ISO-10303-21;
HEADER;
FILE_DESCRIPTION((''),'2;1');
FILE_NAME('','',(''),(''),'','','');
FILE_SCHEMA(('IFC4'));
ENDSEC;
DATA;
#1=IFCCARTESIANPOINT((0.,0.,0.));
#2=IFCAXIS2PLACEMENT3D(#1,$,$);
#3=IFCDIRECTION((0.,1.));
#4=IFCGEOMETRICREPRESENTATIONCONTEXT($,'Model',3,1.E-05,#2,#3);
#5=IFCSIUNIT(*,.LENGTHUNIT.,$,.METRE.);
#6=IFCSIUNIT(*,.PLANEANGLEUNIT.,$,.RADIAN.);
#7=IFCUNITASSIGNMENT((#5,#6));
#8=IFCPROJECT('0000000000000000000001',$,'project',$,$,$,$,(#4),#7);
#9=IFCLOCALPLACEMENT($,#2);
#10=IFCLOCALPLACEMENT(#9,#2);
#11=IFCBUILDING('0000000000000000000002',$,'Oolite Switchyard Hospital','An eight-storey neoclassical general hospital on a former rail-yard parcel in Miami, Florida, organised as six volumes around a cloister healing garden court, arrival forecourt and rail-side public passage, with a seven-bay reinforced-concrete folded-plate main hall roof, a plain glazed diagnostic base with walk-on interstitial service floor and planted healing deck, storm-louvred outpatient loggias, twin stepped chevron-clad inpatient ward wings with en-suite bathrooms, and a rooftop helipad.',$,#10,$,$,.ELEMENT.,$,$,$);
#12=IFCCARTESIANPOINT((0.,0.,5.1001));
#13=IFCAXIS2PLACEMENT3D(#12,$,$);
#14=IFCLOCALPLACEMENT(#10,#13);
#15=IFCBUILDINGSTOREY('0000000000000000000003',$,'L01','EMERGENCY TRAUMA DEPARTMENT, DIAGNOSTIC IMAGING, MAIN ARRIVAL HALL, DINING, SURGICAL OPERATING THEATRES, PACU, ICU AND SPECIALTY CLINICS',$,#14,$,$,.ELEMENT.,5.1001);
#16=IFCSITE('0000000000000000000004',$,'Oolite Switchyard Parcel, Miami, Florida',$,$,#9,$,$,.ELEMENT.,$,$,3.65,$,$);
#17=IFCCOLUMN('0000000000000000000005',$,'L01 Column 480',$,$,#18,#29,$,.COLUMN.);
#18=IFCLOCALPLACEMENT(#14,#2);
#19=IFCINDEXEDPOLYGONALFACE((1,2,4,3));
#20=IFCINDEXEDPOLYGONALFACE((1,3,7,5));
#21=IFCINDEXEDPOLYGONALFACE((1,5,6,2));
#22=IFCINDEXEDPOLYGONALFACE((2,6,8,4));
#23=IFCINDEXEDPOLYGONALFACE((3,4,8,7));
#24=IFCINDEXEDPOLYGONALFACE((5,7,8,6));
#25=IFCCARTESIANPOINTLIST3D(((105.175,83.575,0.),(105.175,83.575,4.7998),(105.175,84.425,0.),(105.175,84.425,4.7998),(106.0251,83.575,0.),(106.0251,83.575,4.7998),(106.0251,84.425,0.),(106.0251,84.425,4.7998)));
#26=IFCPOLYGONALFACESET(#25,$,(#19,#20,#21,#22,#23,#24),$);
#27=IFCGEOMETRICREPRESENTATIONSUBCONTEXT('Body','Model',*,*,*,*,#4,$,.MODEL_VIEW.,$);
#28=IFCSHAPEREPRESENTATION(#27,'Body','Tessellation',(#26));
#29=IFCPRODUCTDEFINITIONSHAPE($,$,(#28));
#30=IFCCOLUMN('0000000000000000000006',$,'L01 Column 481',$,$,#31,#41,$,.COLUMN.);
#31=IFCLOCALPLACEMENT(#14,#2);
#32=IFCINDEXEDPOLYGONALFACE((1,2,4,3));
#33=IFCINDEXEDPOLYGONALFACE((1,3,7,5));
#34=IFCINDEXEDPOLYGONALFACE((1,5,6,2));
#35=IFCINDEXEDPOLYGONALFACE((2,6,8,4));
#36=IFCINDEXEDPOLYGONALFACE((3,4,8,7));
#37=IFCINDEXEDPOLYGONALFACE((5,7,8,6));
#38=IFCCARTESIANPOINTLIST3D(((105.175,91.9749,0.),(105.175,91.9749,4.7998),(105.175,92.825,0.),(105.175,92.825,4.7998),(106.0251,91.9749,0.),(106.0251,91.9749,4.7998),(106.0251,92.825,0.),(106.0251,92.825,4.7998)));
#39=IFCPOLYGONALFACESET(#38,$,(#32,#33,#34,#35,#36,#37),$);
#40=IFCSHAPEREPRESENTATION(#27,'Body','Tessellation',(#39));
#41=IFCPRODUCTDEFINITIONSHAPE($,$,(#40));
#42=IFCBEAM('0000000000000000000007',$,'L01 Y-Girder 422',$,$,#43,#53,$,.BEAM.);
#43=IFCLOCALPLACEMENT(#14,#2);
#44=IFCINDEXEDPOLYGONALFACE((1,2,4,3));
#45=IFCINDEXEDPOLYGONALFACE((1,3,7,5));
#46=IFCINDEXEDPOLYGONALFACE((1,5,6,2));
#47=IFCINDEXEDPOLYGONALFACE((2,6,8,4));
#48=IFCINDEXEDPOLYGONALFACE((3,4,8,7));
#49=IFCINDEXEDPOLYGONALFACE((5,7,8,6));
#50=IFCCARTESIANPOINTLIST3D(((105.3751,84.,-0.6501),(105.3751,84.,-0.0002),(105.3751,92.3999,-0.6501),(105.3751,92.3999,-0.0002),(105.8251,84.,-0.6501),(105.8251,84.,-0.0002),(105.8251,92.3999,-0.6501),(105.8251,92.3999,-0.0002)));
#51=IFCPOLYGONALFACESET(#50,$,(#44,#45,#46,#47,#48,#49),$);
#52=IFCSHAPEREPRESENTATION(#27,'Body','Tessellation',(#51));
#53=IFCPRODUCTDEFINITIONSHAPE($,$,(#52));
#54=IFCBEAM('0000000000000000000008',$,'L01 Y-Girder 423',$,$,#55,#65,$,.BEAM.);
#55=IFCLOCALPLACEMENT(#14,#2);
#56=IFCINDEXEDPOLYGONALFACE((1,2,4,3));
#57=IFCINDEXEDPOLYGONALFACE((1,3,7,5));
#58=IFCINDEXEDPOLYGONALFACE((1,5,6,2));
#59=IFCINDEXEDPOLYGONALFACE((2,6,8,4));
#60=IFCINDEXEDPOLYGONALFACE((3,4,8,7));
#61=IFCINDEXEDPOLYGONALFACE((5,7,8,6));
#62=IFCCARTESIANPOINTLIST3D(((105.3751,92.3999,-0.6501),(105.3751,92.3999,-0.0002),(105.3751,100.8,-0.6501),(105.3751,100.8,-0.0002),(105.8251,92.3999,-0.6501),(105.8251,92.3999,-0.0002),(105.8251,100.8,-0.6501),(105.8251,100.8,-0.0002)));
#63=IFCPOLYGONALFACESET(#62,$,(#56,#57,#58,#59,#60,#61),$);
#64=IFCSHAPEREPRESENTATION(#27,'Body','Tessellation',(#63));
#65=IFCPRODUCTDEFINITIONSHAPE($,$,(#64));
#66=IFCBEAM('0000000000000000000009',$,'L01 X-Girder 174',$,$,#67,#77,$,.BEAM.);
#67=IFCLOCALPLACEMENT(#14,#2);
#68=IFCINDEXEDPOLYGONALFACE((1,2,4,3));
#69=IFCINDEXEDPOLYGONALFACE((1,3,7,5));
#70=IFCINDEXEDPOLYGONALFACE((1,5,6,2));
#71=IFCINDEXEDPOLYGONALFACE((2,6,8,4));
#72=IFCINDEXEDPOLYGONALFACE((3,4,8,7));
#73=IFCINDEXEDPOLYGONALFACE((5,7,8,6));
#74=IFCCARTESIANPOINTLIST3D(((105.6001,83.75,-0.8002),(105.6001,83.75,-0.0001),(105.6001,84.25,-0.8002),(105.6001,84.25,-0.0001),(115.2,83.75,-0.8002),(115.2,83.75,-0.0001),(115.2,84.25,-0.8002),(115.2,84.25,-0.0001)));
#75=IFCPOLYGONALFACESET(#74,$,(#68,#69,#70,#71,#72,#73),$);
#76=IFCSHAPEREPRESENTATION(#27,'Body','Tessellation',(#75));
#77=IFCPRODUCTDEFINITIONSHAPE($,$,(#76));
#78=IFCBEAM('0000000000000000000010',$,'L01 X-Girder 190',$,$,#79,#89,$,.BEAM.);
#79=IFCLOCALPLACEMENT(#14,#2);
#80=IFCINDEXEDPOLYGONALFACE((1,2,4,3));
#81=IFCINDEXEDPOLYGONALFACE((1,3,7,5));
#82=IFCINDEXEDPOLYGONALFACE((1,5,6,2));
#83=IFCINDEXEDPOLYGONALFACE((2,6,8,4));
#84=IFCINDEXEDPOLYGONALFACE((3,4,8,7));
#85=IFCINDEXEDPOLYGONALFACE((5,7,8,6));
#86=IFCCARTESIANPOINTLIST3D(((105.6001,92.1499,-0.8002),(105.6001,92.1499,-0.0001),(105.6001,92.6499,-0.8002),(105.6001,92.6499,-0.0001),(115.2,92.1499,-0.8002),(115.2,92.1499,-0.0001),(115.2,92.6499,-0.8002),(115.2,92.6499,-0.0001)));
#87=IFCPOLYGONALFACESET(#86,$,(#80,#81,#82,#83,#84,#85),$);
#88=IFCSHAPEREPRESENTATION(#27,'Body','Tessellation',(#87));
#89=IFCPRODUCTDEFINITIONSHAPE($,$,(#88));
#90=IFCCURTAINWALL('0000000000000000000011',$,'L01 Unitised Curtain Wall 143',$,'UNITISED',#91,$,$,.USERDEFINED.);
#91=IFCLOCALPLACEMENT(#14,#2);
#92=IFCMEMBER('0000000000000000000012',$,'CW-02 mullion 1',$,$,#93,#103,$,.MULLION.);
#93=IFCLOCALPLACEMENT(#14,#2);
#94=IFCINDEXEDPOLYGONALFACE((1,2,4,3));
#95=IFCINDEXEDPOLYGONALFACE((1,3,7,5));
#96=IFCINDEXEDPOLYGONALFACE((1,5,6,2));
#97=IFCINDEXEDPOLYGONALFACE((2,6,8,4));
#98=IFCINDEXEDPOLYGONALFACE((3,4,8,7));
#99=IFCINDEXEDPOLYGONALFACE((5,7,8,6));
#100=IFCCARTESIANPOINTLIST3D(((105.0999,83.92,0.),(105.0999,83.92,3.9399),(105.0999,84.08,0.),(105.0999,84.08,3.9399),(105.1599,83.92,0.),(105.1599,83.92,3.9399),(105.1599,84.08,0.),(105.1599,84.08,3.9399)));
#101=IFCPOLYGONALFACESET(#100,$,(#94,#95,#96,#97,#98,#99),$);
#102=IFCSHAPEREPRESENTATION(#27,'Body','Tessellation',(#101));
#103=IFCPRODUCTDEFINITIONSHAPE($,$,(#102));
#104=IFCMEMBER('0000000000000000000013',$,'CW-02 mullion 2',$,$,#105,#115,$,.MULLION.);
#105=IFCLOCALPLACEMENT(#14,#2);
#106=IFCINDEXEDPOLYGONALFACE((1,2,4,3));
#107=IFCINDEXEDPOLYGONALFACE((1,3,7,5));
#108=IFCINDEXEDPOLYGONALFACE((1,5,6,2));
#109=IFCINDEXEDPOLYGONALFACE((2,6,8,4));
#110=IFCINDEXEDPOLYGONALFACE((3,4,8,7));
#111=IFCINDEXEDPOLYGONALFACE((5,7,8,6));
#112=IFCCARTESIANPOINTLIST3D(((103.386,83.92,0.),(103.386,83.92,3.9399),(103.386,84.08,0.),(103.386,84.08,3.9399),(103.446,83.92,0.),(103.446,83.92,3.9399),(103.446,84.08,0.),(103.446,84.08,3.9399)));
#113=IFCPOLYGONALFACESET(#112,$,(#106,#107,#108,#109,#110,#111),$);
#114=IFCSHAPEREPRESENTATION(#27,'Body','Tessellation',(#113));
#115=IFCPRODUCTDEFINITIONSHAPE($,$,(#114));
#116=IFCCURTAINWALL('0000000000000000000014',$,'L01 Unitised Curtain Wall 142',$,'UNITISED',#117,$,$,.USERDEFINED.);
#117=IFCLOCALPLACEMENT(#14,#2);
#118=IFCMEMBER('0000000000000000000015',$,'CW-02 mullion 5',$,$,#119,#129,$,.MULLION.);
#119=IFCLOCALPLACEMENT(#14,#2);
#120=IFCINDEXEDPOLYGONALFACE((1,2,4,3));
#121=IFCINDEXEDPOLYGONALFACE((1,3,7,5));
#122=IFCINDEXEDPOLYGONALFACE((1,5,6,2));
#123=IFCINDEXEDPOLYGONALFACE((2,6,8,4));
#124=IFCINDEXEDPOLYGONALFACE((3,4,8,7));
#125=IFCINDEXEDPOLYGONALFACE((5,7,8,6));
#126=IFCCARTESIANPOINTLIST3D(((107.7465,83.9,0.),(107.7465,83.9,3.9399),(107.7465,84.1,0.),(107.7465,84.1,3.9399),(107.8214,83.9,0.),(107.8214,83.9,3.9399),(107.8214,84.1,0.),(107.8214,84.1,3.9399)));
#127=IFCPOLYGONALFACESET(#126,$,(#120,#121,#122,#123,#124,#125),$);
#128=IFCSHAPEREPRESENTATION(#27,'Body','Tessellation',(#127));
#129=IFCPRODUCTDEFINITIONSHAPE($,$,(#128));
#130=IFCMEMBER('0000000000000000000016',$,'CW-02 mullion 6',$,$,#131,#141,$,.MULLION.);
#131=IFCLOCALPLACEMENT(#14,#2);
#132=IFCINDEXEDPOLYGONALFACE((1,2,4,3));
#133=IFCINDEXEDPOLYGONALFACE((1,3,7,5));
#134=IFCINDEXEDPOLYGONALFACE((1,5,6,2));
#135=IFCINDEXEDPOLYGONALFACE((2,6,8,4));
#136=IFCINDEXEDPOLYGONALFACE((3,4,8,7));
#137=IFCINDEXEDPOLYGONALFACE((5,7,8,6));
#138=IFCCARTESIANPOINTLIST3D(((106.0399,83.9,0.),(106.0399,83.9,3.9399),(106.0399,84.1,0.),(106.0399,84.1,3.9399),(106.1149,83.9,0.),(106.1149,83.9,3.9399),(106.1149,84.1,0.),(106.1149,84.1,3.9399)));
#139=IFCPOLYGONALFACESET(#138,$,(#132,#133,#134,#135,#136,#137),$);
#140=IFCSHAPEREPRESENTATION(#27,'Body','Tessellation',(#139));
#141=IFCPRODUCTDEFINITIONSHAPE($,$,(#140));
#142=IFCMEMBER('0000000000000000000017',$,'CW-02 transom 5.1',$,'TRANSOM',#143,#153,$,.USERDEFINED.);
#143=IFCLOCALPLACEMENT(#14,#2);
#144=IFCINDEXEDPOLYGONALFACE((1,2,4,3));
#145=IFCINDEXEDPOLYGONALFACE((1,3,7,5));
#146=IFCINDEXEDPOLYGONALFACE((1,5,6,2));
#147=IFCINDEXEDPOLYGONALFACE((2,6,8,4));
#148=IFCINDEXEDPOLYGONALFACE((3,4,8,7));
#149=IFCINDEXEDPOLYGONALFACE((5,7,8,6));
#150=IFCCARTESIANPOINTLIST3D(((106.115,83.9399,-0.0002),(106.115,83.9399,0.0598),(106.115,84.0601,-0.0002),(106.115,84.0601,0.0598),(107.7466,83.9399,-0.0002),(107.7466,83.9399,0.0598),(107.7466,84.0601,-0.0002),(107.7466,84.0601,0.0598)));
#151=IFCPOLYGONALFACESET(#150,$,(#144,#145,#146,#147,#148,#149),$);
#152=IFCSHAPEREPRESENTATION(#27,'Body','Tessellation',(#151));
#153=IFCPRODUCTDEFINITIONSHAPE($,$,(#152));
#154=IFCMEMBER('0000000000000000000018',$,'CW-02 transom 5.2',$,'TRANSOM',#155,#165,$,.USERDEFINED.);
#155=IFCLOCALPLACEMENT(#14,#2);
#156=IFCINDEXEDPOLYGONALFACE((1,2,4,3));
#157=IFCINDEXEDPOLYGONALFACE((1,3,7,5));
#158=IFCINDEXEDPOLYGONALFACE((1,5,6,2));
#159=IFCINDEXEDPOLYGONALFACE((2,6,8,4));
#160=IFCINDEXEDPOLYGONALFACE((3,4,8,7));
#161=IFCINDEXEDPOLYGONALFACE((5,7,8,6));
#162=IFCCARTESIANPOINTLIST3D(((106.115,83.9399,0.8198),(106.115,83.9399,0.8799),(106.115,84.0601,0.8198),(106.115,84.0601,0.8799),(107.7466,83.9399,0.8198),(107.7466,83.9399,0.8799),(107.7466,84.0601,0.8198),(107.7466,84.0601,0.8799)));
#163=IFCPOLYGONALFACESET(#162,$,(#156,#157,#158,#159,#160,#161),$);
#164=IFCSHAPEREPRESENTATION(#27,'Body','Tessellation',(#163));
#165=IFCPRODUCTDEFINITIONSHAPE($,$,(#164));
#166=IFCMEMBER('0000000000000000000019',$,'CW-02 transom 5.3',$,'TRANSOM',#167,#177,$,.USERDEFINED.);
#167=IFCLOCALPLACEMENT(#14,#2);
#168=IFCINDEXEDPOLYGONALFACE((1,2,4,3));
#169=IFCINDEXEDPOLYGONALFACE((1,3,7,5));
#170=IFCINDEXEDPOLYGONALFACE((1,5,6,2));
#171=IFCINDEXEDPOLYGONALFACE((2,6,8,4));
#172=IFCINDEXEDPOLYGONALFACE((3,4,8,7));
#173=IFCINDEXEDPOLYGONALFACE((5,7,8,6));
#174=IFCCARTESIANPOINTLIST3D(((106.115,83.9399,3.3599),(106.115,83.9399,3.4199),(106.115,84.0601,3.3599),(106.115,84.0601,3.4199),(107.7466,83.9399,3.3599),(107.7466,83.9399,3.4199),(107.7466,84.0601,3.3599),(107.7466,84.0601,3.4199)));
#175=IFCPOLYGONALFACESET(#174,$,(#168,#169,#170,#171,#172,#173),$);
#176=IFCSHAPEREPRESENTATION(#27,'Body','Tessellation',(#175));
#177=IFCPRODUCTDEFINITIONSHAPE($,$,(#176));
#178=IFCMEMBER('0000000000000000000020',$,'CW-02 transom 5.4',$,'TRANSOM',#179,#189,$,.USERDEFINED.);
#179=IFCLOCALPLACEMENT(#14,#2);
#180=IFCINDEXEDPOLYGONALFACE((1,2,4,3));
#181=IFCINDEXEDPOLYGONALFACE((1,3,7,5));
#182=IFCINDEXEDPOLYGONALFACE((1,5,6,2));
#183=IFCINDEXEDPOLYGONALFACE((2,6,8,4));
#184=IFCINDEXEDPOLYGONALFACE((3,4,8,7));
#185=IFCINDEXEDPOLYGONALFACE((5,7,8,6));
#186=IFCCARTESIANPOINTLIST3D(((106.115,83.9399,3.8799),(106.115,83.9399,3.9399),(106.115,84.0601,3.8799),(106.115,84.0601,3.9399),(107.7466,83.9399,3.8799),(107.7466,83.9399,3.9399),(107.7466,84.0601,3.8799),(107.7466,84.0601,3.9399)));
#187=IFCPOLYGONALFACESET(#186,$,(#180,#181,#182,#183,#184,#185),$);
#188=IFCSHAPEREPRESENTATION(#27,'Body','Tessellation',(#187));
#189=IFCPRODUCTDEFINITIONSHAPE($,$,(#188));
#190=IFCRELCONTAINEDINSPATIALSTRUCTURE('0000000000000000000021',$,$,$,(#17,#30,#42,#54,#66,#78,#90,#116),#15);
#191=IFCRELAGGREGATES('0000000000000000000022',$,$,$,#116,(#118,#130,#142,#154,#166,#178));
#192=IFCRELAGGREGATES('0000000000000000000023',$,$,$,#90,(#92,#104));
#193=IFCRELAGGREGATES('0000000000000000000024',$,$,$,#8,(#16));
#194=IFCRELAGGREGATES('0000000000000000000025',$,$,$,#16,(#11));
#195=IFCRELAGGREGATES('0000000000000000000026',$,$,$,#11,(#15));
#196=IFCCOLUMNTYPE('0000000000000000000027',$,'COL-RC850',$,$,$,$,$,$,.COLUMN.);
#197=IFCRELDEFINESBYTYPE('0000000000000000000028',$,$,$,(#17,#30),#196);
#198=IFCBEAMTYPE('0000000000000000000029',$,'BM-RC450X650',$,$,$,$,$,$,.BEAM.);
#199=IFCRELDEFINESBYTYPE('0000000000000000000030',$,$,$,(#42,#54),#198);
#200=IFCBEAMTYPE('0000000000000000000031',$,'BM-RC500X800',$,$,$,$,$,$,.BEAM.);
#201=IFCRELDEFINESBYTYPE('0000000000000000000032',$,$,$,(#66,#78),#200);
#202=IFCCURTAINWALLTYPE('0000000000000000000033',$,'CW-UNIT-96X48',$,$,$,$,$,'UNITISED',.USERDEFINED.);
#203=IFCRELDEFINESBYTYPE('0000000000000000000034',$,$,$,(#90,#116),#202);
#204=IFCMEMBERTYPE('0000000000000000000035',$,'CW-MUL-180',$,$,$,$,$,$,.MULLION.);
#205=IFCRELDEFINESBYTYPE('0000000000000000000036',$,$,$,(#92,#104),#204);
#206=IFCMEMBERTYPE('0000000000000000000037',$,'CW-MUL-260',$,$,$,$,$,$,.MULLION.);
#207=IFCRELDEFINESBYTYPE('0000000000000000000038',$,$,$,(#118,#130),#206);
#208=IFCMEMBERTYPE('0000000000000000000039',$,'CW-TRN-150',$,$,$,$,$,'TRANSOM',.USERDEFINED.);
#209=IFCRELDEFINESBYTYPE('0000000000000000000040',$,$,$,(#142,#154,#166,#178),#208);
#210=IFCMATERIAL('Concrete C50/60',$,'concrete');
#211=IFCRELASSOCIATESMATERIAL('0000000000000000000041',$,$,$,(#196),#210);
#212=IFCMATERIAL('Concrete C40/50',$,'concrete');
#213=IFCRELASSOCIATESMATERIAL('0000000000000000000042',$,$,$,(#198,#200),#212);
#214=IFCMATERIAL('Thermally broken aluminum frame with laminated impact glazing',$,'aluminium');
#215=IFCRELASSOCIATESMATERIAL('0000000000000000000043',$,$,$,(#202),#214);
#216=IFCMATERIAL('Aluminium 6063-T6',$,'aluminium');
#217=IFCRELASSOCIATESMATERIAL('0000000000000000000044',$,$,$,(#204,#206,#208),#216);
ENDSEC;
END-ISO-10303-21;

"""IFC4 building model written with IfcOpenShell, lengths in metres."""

from ifc_helpers import new_model, si_unit, direction, frame, origin, origin_2d, place, context, subcontext, project, spatial, rectangle, extrude, material, material_profile, profile_set, type_object, element, aggregate, save


model = new_model("IFC4")

# Units and contexts
model_context = context("Model", 3, precision=1e-05, world=origin(), true_north=direction((0.0, 1.0)))
body_context = subcontext(model_context, "Body", "Model", "MODEL_VIEW")
ifc_project = project(units=[si_unit("LENGTHUNIT", "METRE"), si_unit("PLANEANGLEUNIT", "RADIAN")], contexts=[model_context])

# Site, building, storey
site_placement = place(None, origin())
site = spatial("IfcSite", under=ifc_project, at=site_placement, Name="Oolite Switchyard Parcel, Miami, Florida", CompositionType="ELEMENT", RefElevation=3.65)
building_placement = place(site_placement, origin())
building = spatial("IfcBuilding", under=site, at=building_placement, Name="Oolite Switchyard Hospital", Description="An eight-storey neoclassical general hospital on a former rail-yard parcel in Miami, Florida, organised as six volumes around a cloister healing garden court, arrival forecourt and rail-side public passage, with a seven-bay reinforced-concrete folded-plate main hall roof, a plain glazed diagnostic base with walk-on interstitial service floor and planted healing deck, storm-louvred outpatient loggias, twin stepped chevron-clad inpatient ward wings with en-suite bathrooms, and a rooftop helipad.", CompositionType="ELEMENT")
storey_placement = place(building_placement, frame((0.0, 0.0, 5.1001)))
storey = spatial("IfcBuildingStorey", under=building, at=storey_placement, Name="L01", Description="EMERGENCY TRAUMA DEPARTMENT, DIAGNOSTIC IMAGING, MAIN ARRIVAL HALL, DINING, SURGICAL OPERATING THEATRES, PACU, ICU AND SPECIALTY CLINICS", CompositionType="ELEMENT", Elevation=5.1001)

# Columns
ifc_material_1 = material(Name="Concrete C50/60", Category="concrete")
ifc_material_profile_1 = material_profile(ifc_material_1, rectangle(XDim=0.8501, YDim=0.8501, at=origin_2d()), Name="RC850X850")
ifc_profile_set_1 = profile_set([ifc_material_profile_1], Name="Concrete C50/60")
column_type = type_object("IfcColumnType", Name="COL-RC850", PredefinedType="COLUMN", material=ifc_profile_set_1)
for number, where, z_axis, x_axis, name in (
    (1, (105.6001, 84.0, 0.0), (0.0, 0.0, 1.0), (1.0, 0.0, 0.0), "L01 Column 480"),
    (2, (105.6001, 92.3999, 0.0), (0.0, 0.0, 1.0), (1.0, 0.0, 0.0), "L01 Column 481"),
):
    element("IfcColumn", number, at=place(storey_placement, frame(where, z_axis=z_axis, x_axis=x_axis)), inside=storey, type_object=column_type, Name=name, PredefinedType="COLUMN", context=body_context, shape_type="SweptSolid", body=[
        extrude(rectangle(XDim=0.8501, YDim=0.8501, at=origin_2d()), origin(), (0.0, 0.0, 1.0), 4.7998),
    ])

# Beams
ifc_material_2 = material(Name="Concrete C40/50", Category="concrete")
ifc_material_profile_2 = material_profile(ifc_material_2, rectangle(XDim=0.45, YDim=0.6499, at=origin_2d()), Name="RCB450X650")
ifc_profile_set_2 = profile_set([ifc_material_profile_2], Name="Concrete C40/50")
beam_type_1 = type_object("IfcBeamType", Name="BM-RC450X650", PredefinedType="BEAM", material=ifc_profile_set_2)
beam_1_placement = place(storey_placement, frame((105.6001, 84.0, -0.3252), z_axis=(0.0, 1.0, 0.0), x_axis=(-1.0, 0.0, 0.0)))
element("IfcBeam", 3, at=beam_1_placement, inside=storey, type_object=beam_type_1, Name="L01 Y-Girder 422", PredefinedType="BEAM", context=body_context, shape_type="SweptSolid", body=[
    extrude(rectangle(XDim=0.45, YDim=0.6499, at=origin_2d()), origin(), (0.0, 0.0, 1.0), 8.3999),
])
beam_2_placement = place(storey_placement, frame((105.6001, 92.3999, -0.3252), z_axis=(0.0, 1.0, 0.0), x_axis=(-1.0, 0.0, 0.0)))
element("IfcBeam", 4, at=beam_2_placement, inside=storey, type_object=beam_type_1, Name="L01 Y-Girder 423", PredefinedType="BEAM", context=body_context, shape_type="SweptSolid", body=[
    extrude(rectangle(XDim=0.45, YDim=0.6499, at=origin_2d()), origin(), (0.0, 0.0, 1.0), 8.4001),
])
ifc_material_profile_3 = material_profile(ifc_material_2, rectangle(XDim=0.5, YDim=0.8, at=origin_2d()), Name="RCB500X800")
ifc_profile_set_3 = profile_set([ifc_material_profile_3], Name="Concrete C40/50")
beam_type_2 = type_object("IfcBeamType", Name="BM-RC500X800", PredefinedType="BEAM", material=ifc_profile_set_3)
for number, where, z_axis, x_axis, name in (
    (5, (105.6001, 84.0, -0.4001), (1.0, 0.0, 0.0), (0.0, 1.0, 0.0), "L01 X-Girder 174"),
    (6, (105.6001, 92.3999, -0.4001), (1.0, 0.0, 0.0), (0.0, 1.0, 0.0), "L01 X-Girder 190"),
):
    element("IfcBeam", number, at=place(storey_placement, frame(where, z_axis=z_axis, x_axis=x_axis)), inside=storey, type_object=beam_type_2, Name=name, PredefinedType="BEAM", context=body_context, shape_type="SweptSolid", body=[
        extrude(rectangle(XDim=0.5, YDim=0.8, at=origin_2d()), origin(), (0.0, 0.0, 1.0), 9.5999),
    ])

# Curtain walls, members
ifc_material_3 = material(Name="Thermally broken aluminum frame with laminated impact glazing", Category="aluminium")
curtain_wall_type = type_object("IfcCurtainWallType", Name="CW-UNIT-96X48", ElementType="UNITISED", PredefinedType="USERDEFINED", material=ifc_material_3)
curtain_wall_1_placement = place(storey_placement, origin())
curtain_wall_1 = element("IfcCurtainWall", 7, at=curtain_wall_1_placement, inside=storey, type_object=curtain_wall_type, Name="L01 Unitised Curtain Wall 143", ObjectType="UNITISED", PredefinedType="USERDEFINED")
ifc_material_4 = material(Name="Aluminium 6063-T6", Category="aluminium")
ifc_material_profile_4 = material_profile(ifc_material_4, rectangle(XDim=0.1599, YDim=0.0601, at=origin_2d()), Name="CWM60X160")
ifc_profile_set_4 = profile_set([ifc_material_profile_4], Name="Aluminium 6063-T6")
member_type_1 = type_object("IfcMemberType", Name="CW-MUL-180", PredefinedType="MULLION", material=ifc_profile_set_4)
member_1_placement = place(storey_placement, frame((105.1299, 84.0, 0.0), z_axis=(0.0, 0.0, 1.0), x_axis=(0.0, -1.0, 0.0)))
member_1 = element("IfcMember", 8, at=member_1_placement, type_object=member_type_1, Name="CW-02 mullion 1", PredefinedType="MULLION", context=body_context, shape_type="SweptSolid", body=[
    extrude(rectangle(XDim=0.1599, YDim=0.0601, at=origin_2d()), origin(), (0.0, 0.0, 1.0), 3.9399),
])
member_2_placement = place(storey_placement, frame((103.416, 84.0, 0.0), z_axis=(0.0, 0.0, 1.0), x_axis=(0.0, -1.0, 0.0)))
member_2 = element("IfcMember", 9, at=member_2_placement, type_object=member_type_1, Name="CW-02 mullion 2", PredefinedType="MULLION", context=body_context, shape_type="SweptSolid", body=[
    extrude(rectangle(XDim=0.1599, YDim=0.0601, at=origin_2d()), origin(), (0.0, 0.0, 1.0), 3.9399),
])
curtain_wall_2_placement = place(storey_placement, origin())
curtain_wall_2 = element("IfcCurtainWall", 10, at=curtain_wall_2_placement, inside=storey, type_object=curtain_wall_type, Name="L01 Unitised Curtain Wall 142", ObjectType="UNITISED", PredefinedType="USERDEFINED")
ifc_material_profile_5 = material_profile(ifc_material_4, rectangle(XDim=0.2, YDim=0.075, at=origin_2d()), Name="CWM75X200")
ifc_profile_set_5 = profile_set([ifc_material_profile_5], Name="Aluminium 6063-T6")
member_type_2 = type_object("IfcMemberType", Name="CW-MUL-260", PredefinedType="MULLION", material=ifc_profile_set_5)
member_3_placement = place(storey_placement, frame((107.7839, 84.0, 0.0), z_axis=(0.0, 0.0, 1.0), x_axis=(0.0, -1.0, 0.0)))
member_3 = element("IfcMember", 11, at=member_3_placement, type_object=member_type_2, Name="CW-02 mullion 5", PredefinedType="MULLION", context=body_context, shape_type="SweptSolid", body=[
    extrude(rectangle(XDim=0.2, YDim=0.075, at=origin_2d()), origin(), (0.0, 0.0, 1.0), 3.9399),
])
member_4_placement = place(storey_placement, frame((106.0774, 84.0, 0.0), z_axis=(0.0, 0.0, 1.0), x_axis=(0.0, -1.0, 0.0)))
member_4 = element("IfcMember", 12, at=member_4_placement, type_object=member_type_2, Name="CW-02 mullion 6", PredefinedType="MULLION", context=body_context, shape_type="SweptSolid", body=[
    extrude(rectangle(XDim=0.2, YDim=0.075, at=origin_2d()), origin(), (0.0, 0.0, 1.0), 3.9399),
])
ifc_material_profile_6 = material_profile(ifc_material_4, rectangle(XDim=0.1201, YDim=0.0601, at=origin_2d()), Name="CWT60X120")
ifc_profile_set_6 = profile_set([ifc_material_profile_6], Name="Aluminium 6063-T6")
member_type_3 = type_object("IfcMemberType", Name="CW-TRN-150", ElementType="TRANSOM", PredefinedType="USERDEFINED", material=ifc_profile_set_6)
member_5_placement = place(storey_placement, frame((107.7466, 84.0, 0.0298), z_axis=(-1.0, 0.0, 0.0), x_axis=(0.0, -1.0, 0.0)))
member_5 = element("IfcMember", 13, at=member_5_placement, type_object=member_type_3, Name="CW-02 transom 5.1", ObjectType="TRANSOM", PredefinedType="USERDEFINED", context=body_context, shape_type="SweptSolid", body=[
    extrude(rectangle(XDim=0.1201, YDim=0.0601, at=origin_2d()), origin(), (0.0, 0.0, 1.0), 1.6316),
])
member_6_placement = place(storey_placement, frame((107.7466, 84.0, 0.8499), z_axis=(-1.0, 0.0, 0.0), x_axis=(0.0, -1.0, 0.0)))
member_6 = element("IfcMember", 14, at=member_6_placement, type_object=member_type_3, Name="CW-02 transom 5.2", ObjectType="TRANSOM", PredefinedType="USERDEFINED", context=body_context, shape_type="SweptSolid", body=[
    extrude(rectangle(XDim=0.1201, YDim=0.0601, at=origin_2d()), origin(), (0.0, 0.0, 1.0), 1.6316),
])
member_7_placement = place(storey_placement, frame((107.7466, 84.0, 3.3899), z_axis=(-1.0, 0.0, 0.0), x_axis=(0.0, -1.0, 0.0)))
member_7 = element("IfcMember", 15, at=member_7_placement, type_object=member_type_3, Name="CW-02 transom 5.3", ObjectType="TRANSOM", PredefinedType="USERDEFINED", context=body_context, shape_type="SweptSolid", body=[
    extrude(rectangle(XDim=0.1201, YDim=0.0601, at=origin_2d()), origin(), (0.0, 0.0, 1.0), 1.6316),
])
member_8_placement = place(storey_placement, frame((107.7466, 84.0, 3.9099), z_axis=(-1.0, 0.0, 0.0), x_axis=(0.0, -1.0, 0.0)))
member_8 = element("IfcMember", 16, at=member_8_placement, type_object=member_type_3, Name="CW-02 transom 5.4", ObjectType="TRANSOM", PredefinedType="USERDEFINED", context=body_context, shape_type="SweptSolid", body=[
    extrude(rectangle(XDim=0.1201, YDim=0.0601, at=origin_2d()), origin(), (0.0, 0.0, 1.0), 1.6316),
])

aggregate(curtain_wall_2, [member_3, member_4, member_5, member_6, member_7, member_8])
aggregate(curtain_wall_1, [member_1, member_2])

save(model, "model.ifc")
